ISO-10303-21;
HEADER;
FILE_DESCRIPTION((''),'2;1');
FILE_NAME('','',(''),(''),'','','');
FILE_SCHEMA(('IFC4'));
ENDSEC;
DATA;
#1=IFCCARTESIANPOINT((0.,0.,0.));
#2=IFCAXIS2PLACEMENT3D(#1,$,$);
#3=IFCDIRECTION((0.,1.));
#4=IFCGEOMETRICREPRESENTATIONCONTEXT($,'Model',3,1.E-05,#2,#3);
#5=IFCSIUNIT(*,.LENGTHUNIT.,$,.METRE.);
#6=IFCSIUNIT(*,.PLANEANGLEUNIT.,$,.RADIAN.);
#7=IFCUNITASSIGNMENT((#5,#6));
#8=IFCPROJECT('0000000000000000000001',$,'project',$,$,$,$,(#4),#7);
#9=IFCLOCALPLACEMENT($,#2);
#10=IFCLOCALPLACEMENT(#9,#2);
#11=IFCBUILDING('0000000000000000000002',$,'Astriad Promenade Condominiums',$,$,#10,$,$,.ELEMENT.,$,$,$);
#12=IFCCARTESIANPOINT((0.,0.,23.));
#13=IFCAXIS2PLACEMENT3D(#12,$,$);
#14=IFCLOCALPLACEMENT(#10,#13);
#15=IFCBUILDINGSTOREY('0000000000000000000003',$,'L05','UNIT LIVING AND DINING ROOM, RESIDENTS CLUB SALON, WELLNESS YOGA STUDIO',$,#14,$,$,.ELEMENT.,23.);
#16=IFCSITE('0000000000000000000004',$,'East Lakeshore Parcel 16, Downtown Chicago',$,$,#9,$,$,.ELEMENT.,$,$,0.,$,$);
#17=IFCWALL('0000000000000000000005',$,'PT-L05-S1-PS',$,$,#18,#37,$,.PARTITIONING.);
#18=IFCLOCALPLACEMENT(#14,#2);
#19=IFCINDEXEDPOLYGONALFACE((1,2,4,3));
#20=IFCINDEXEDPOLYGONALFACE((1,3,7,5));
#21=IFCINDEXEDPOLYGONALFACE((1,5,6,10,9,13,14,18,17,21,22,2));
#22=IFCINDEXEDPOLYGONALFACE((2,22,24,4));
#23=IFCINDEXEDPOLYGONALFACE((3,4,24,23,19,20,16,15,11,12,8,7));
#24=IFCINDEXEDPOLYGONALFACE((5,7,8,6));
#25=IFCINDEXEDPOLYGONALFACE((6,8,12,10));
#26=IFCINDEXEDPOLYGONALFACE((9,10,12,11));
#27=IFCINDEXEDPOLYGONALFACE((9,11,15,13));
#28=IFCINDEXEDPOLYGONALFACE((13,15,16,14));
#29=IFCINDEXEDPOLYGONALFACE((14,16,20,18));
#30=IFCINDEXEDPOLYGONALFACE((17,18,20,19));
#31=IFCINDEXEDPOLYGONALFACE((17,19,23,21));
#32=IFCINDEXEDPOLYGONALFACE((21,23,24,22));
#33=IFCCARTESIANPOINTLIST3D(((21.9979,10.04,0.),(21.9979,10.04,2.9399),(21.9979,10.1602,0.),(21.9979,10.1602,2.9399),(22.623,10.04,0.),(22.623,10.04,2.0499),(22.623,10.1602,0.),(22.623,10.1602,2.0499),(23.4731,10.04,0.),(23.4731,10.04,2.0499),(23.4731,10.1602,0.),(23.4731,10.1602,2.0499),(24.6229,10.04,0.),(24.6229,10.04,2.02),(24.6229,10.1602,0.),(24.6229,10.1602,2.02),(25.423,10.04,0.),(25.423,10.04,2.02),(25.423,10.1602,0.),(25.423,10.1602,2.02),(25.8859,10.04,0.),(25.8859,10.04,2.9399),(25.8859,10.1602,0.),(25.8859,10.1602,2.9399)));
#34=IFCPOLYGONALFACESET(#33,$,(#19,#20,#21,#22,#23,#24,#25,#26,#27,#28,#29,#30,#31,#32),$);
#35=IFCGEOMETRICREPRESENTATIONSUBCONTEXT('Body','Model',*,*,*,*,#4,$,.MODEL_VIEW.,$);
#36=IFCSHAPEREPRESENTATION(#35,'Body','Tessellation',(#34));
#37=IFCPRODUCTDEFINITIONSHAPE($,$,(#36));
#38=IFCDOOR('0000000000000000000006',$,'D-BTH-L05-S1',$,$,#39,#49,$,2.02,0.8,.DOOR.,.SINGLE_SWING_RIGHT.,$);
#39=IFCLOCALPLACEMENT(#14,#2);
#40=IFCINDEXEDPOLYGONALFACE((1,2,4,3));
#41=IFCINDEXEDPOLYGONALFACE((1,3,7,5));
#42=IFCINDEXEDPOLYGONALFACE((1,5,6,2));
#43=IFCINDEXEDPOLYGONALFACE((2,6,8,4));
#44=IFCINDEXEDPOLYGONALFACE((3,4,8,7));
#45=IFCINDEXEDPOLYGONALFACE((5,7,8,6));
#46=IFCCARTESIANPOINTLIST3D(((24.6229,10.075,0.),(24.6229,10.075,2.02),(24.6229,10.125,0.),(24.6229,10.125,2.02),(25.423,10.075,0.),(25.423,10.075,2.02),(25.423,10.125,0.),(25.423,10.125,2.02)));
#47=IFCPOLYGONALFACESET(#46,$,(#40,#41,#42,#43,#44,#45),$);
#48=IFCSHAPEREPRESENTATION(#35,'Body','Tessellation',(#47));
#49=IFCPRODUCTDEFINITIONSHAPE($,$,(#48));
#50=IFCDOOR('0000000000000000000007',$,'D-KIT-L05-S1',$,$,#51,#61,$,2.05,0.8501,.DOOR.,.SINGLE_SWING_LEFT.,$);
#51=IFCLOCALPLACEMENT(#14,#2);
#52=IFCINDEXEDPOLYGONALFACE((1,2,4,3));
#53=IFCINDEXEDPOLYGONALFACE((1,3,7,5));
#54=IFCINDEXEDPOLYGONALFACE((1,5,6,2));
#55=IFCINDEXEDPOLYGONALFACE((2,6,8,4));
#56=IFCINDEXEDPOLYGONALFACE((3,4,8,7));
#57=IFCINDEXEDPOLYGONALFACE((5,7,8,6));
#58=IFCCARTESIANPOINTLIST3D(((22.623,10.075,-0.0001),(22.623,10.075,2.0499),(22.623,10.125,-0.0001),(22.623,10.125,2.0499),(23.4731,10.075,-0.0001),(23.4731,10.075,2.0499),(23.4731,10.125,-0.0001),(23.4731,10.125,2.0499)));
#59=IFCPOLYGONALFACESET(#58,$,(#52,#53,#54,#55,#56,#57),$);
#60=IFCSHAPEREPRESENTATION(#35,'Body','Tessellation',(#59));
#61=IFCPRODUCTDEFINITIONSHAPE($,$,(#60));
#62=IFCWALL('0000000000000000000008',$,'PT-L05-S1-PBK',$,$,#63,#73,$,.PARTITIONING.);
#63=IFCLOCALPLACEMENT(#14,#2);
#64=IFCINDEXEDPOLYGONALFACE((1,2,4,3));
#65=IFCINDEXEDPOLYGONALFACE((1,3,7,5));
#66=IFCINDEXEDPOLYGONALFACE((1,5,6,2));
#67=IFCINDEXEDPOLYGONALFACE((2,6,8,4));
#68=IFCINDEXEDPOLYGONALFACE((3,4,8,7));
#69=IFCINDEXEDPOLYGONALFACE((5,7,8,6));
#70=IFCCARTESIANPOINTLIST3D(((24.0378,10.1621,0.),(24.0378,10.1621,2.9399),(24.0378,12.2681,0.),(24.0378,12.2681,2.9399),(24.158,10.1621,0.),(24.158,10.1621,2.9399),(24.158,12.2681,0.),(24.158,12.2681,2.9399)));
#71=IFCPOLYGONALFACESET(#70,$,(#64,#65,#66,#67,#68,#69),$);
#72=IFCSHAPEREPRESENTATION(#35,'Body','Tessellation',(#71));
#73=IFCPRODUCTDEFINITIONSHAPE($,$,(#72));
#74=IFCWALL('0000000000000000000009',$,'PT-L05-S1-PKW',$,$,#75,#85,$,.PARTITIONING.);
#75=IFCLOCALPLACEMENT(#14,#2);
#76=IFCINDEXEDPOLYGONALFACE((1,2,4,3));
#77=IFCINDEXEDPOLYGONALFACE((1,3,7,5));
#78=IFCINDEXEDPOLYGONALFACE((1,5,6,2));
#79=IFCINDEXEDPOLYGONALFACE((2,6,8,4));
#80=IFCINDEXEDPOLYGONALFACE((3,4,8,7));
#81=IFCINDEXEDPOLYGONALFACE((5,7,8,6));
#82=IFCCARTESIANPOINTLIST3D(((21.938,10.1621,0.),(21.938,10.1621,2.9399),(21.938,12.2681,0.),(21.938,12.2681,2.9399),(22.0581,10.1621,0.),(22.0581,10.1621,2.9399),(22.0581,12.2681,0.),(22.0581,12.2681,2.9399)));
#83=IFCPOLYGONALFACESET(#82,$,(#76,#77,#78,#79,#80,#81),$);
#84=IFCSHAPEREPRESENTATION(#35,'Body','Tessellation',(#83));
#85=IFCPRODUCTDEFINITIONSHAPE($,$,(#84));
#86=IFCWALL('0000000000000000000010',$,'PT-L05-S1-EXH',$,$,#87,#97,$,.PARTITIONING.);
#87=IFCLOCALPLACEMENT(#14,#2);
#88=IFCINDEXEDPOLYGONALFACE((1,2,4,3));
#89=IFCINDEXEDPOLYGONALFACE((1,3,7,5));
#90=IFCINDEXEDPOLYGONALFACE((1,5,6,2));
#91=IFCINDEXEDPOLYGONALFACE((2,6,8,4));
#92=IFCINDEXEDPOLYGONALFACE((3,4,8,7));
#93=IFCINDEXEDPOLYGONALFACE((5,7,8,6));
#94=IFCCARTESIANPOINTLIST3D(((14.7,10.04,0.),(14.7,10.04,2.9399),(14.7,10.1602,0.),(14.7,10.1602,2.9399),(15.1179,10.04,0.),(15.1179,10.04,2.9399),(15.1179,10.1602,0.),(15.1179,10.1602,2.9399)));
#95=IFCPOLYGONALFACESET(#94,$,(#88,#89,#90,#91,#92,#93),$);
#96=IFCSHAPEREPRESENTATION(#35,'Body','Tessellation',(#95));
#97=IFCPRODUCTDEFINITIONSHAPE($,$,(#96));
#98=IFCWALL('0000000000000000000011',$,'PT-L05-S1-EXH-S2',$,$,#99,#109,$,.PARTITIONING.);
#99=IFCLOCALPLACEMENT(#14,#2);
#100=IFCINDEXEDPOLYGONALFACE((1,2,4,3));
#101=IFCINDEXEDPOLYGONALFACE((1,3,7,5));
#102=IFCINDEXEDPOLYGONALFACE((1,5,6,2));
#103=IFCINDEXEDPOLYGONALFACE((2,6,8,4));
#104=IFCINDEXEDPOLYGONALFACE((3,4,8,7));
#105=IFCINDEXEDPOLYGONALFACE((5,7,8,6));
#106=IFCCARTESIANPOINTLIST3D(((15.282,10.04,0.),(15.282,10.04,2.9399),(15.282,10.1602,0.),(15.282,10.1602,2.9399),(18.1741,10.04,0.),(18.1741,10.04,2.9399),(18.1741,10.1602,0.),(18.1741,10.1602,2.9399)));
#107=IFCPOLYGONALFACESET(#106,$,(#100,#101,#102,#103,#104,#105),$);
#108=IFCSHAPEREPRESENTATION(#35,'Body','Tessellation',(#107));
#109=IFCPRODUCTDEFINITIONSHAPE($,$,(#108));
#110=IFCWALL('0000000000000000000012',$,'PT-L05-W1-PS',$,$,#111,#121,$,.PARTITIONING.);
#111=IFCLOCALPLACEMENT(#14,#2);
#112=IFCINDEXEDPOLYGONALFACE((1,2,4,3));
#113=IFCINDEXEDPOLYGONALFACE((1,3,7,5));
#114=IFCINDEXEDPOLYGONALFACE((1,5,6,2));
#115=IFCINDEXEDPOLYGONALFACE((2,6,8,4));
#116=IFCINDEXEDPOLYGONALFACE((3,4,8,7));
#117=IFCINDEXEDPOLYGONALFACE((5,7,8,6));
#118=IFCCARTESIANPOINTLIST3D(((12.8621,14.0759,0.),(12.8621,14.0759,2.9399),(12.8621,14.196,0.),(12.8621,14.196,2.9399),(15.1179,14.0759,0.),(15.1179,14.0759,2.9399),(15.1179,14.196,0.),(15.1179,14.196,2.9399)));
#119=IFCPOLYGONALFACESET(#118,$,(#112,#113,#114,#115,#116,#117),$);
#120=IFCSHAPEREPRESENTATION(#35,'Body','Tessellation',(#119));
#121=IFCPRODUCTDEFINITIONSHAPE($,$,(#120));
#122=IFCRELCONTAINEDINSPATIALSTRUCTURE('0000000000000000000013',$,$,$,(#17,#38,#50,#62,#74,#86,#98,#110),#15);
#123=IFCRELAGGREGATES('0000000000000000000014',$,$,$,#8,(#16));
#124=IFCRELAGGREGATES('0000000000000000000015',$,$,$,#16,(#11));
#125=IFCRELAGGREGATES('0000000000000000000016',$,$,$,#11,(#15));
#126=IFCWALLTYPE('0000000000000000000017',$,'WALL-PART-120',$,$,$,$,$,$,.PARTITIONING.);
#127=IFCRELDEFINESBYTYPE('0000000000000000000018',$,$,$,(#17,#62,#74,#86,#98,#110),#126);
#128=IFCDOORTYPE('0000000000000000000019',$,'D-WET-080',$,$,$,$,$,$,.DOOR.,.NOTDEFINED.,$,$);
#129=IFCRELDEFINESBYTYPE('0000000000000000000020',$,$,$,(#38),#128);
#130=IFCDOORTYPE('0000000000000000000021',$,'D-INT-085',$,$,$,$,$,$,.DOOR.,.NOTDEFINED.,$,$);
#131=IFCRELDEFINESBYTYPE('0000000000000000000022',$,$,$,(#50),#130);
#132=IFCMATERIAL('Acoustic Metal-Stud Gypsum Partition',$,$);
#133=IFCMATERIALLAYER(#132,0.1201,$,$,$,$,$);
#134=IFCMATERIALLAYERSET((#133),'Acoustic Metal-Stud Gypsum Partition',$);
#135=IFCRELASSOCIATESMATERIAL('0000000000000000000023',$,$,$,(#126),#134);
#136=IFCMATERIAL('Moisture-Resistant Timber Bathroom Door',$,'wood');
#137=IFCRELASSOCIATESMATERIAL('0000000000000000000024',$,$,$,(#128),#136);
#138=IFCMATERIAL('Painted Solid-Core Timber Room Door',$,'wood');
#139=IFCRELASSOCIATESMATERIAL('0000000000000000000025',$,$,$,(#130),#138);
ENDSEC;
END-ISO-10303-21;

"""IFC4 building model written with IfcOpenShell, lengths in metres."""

from ifc_helpers import new_model, si_unit, direction, frame, frame_2d, origin, place, context, subcontext, project, spatial, rectangle, extrude, source, transform, mapped, material, layer, layer_set, type_object, type_shapes, element, fill, save


model = new_model("IFC4")

# Units and contexts
model_context = context("Model", 3, precision=1e-05, world=origin(), true_north=direction((0.0, 1.0)))
body_context = subcontext(model_context, "Body", "Model", "MODEL_VIEW")
ifc_project = project(units=[si_unit("LENGTHUNIT", "METRE"), si_unit("PLANEANGLEUNIT", "RADIAN")], contexts=[model_context])

# Site, building, storey
site_placement = place(None, origin())
site = spatial("IfcSite", under=ifc_project, at=site_placement, Name="East Lakeshore Parcel 16, Downtown Chicago", CompositionType="ELEMENT", RefElevation=0.0)
building_placement = place(site_placement, origin())
building = spatial("IfcBuilding", under=site, at=building_placement, Name="Astriad Promenade Condominiums", CompositionType="ELEMENT")
storey_placement = place(building_placement, frame((0.0, 0.0, 23.0)))
storey = spatial("IfcBuildingStorey", under=building, at=storey_placement, Name="L05", Description="UNIT LIVING AND DINING ROOM, RESIDENTS CLUB SALON, WELLNESS YOGA STUDIO", CompositionType="ELEMENT", Elevation=23.0)

# Wall, openings, doors
ifc_material_1 = material(Name="Acoustic Metal-Stud Gypsum Partition")
ifc_layer_1 = layer(ifc_material_1, 0.1201)
ifc_layer_set_1 = layer_set([ifc_layer_1], Name="Acoustic Metal-Stud Gypsum Partition")
wall_type_1 = type_object("IfcWallType", Name="WALL-PART-120", PredefinedType="PARTITIONING", material=ifc_layer_set_1)
wall_1_placement = place(storey_placement, frame((21.998, 10.1001, 0.0), z_axis=(0.0, 0.0, 1.0), x_axis=(1.0, 0.0, 0.0)))
wall_1 = element("IfcWall", 1, at=wall_1_placement, inside=storey, type_object=wall_type_1, Name="PT-L05-S1-PS", PredefinedType="PARTITIONING", context=body_context, shape_type="SweptSolid", body=[
    extrude(rectangle(XDim=3.8879, YDim=0.1201, at=frame_2d((1.9438, 0.0))), origin(), (0.0, 0.0, 1.0), 2.9399),
])
opening_1_placement = place(wall_1_placement, frame((0.625, 0.0, 0.0)))
opening_1 = element("IfcOpeningElement", 2, at=opening_1_placement, cuts=wall_1, PredefinedType="OPENING", context=body_context, shape_type="SweptSolid", body=[
    extrude(rectangle(XDim=0.8501, YDim=2.05, at=frame_2d((0.425, 1.0249))), frame((0.0, 0.0701, 0.0), z_axis=(0.0, -1.0, 0.0), x_axis=(1.0, 0.0, 0.0)), (0.0, 0.0, 1.0), 0.1401),
])
opening_2_placement = place(wall_1_placement, frame((2.625, 0.0, 0.0)))
opening_2 = element("IfcOpeningElement", 3, at=opening_2_placement, cuts=wall_1, PredefinedType="OPENING", context=body_context, shape_type="SweptSolid", body=[
    extrude(rectangle(XDim=0.8, YDim=2.02, at=frame_2d((0.3999, 1.01))), frame((0.0, 0.0701, 0.0), z_axis=(0.0, -1.0, 0.0), x_axis=(1.0, 0.0, 0.0)), (0.0, 0.0, 1.0), 0.1401),
])
ifc_material_2 = material(Name="Moisture-Resistant Timber Bathroom Door", Category="wood")
door_type_1 = type_object("IfcDoorType", Name="D-WET-080", OperationType="NOTDEFINED", PredefinedType="DOOR", material=ifc_material_2)
shared_shape_1 = source(origin(), body_context, "Body", "SweptSolid", [
    extrude(rectangle(XDim=0.8, YDim=2.02, at=frame_2d((0.3999, 1.01))), frame((0.0, 0.0249, 0.0), z_axis=(0.0, -1.0, 0.0), x_axis=(1.0, 0.0, 0.0)), (0.0, 0.0, 1.0), 0.05),
])
type_shapes(door_type_1, [shared_shape_1])
door_1_placement = place(opening_2_placement, origin())
door_1 = element("IfcDoor", 4, at=door_1_placement, inside=storey, type_object=door_type_1, Name="D-BTH-L05-S1", OperationType="SINGLE_SWING_RIGHT", OverallHeight=2.02, OverallWidth=0.8, PredefinedType="DOOR", context=body_context, shape_type="MappedRepresentation", body=[
    mapped(shared_shape_1, transform((0.0, 0.0, 0.0), scale=1.0)),
])
fill(opening_2, door_1)
ifc_material_3 = material(Name="Painted Solid-Core Timber Room Door", Category="wood")
door_type_2 = type_object("IfcDoorType", Name="D-INT-085", OperationType="NOTDEFINED", PredefinedType="DOOR", material=ifc_material_3)
shared_shape_2 = source(origin(), body_context, "Body", "SweptSolid", [
    extrude(rectangle(XDim=0.8501, YDim=2.05, at=frame_2d((0.425, 1.0249))), frame((0.0, 0.0249, 0.0), z_axis=(0.0, -1.0, 0.0), x_axis=(1.0, 0.0, 0.0)), (0.0, 0.0, 1.0), 0.05),
])
type_shapes(door_type_2, [shared_shape_2])
door_2_placement = place(opening_1_placement, origin())
door_2 = element("IfcDoor", 5, at=door_2_placement, inside=storey, type_object=door_type_2, Name="D-KIT-L05-S1", OperationType="SINGLE_SWING_LEFT", OverallHeight=2.05, OverallWidth=0.8501, PredefinedType="DOOR", context=body_context, shape_type="MappedRepresentation", body=[
    mapped(shared_shape_2, transform((0.0, 0.0, 0.0), scale=1.0)),
])
fill(opening_1, door_2)

# Walls
for number, where, z_axis, x_axis, name in (
    (6, (24.0979, 10.1621, 0.0), (0.0, 0.0, 1.0), (0.0, 1.0, 0.0), "PT-L05-S1-PBK"),
    (7, (21.998, 10.1621, 0.0), (0.0, 0.0, 1.0), (0.0, 1.0, 0.0), "PT-L05-S1-PKW"),
):
    element("IfcWall", number, at=place(storey_placement, frame(where, z_axis=z_axis, x_axis=x_axis)), inside=storey, type_object=wall_type_1, Name=name, PredefinedType="PARTITIONING", context=body_context, shape_type="SweptSolid", body=[
        extrude(rectangle(XDim=2.106, YDim=0.1201, at=frame_2d((1.053, 0.0))), origin(), (0.0, 0.0, 1.0), 2.9399),
    ])
wall_2_placement = place(storey_placement, frame((14.7, 10.1001, 0.0), z_axis=(0.0, 0.0, 1.0), x_axis=(1.0, 0.0, 0.0)))
element("IfcWall", 8, at=wall_2_placement, inside=storey, type_object=wall_type_1, Name="PT-L05-S1-EXH", PredefinedType="PARTITIONING", context=body_context, shape_type="SweptSolid", body=[
    extrude(rectangle(XDim=0.418, YDim=0.1201, at=frame_2d((0.209, 0.0))), origin(), (0.0, 0.0, 1.0), 2.9399),
])
wall_3_placement = place(storey_placement, frame((15.282, 10.1001, 0.0), z_axis=(0.0, 0.0, 1.0), x_axis=(1.0, 0.0, 0.0)))
element("IfcWall", 9, at=wall_3_placement, inside=storey, type_object=wall_type_1, Name="PT-L05-S1-EXH-S2", PredefinedType="PARTITIONING", context=body_context, shape_type="SweptSolid", body=[
    extrude(rectangle(XDim=2.8921, YDim=0.1201, at=frame_2d((1.446, 0.0))), origin(), (0.0, 0.0, 1.0), 2.9399),
])
wall_4_placement = place(storey_placement, frame((12.8621, 14.136, 0.0), z_axis=(0.0, 0.0, 1.0), x_axis=(1.0, 0.0, 0.0)))
element("IfcWall", 10, at=wall_4_placement, inside=storey, type_object=wall_type_1, Name="PT-L05-W1-PS", PredefinedType="PARTITIONING", context=body_context, shape_type="SweptSolid", body=[
    extrude(rectangle(XDim=2.2559, YDim=0.1201, at=frame_2d((1.1279, 0.0))), origin(), (0.0, 0.0, 1.0), 2.9399),
])

save(model, "model.ifc")
